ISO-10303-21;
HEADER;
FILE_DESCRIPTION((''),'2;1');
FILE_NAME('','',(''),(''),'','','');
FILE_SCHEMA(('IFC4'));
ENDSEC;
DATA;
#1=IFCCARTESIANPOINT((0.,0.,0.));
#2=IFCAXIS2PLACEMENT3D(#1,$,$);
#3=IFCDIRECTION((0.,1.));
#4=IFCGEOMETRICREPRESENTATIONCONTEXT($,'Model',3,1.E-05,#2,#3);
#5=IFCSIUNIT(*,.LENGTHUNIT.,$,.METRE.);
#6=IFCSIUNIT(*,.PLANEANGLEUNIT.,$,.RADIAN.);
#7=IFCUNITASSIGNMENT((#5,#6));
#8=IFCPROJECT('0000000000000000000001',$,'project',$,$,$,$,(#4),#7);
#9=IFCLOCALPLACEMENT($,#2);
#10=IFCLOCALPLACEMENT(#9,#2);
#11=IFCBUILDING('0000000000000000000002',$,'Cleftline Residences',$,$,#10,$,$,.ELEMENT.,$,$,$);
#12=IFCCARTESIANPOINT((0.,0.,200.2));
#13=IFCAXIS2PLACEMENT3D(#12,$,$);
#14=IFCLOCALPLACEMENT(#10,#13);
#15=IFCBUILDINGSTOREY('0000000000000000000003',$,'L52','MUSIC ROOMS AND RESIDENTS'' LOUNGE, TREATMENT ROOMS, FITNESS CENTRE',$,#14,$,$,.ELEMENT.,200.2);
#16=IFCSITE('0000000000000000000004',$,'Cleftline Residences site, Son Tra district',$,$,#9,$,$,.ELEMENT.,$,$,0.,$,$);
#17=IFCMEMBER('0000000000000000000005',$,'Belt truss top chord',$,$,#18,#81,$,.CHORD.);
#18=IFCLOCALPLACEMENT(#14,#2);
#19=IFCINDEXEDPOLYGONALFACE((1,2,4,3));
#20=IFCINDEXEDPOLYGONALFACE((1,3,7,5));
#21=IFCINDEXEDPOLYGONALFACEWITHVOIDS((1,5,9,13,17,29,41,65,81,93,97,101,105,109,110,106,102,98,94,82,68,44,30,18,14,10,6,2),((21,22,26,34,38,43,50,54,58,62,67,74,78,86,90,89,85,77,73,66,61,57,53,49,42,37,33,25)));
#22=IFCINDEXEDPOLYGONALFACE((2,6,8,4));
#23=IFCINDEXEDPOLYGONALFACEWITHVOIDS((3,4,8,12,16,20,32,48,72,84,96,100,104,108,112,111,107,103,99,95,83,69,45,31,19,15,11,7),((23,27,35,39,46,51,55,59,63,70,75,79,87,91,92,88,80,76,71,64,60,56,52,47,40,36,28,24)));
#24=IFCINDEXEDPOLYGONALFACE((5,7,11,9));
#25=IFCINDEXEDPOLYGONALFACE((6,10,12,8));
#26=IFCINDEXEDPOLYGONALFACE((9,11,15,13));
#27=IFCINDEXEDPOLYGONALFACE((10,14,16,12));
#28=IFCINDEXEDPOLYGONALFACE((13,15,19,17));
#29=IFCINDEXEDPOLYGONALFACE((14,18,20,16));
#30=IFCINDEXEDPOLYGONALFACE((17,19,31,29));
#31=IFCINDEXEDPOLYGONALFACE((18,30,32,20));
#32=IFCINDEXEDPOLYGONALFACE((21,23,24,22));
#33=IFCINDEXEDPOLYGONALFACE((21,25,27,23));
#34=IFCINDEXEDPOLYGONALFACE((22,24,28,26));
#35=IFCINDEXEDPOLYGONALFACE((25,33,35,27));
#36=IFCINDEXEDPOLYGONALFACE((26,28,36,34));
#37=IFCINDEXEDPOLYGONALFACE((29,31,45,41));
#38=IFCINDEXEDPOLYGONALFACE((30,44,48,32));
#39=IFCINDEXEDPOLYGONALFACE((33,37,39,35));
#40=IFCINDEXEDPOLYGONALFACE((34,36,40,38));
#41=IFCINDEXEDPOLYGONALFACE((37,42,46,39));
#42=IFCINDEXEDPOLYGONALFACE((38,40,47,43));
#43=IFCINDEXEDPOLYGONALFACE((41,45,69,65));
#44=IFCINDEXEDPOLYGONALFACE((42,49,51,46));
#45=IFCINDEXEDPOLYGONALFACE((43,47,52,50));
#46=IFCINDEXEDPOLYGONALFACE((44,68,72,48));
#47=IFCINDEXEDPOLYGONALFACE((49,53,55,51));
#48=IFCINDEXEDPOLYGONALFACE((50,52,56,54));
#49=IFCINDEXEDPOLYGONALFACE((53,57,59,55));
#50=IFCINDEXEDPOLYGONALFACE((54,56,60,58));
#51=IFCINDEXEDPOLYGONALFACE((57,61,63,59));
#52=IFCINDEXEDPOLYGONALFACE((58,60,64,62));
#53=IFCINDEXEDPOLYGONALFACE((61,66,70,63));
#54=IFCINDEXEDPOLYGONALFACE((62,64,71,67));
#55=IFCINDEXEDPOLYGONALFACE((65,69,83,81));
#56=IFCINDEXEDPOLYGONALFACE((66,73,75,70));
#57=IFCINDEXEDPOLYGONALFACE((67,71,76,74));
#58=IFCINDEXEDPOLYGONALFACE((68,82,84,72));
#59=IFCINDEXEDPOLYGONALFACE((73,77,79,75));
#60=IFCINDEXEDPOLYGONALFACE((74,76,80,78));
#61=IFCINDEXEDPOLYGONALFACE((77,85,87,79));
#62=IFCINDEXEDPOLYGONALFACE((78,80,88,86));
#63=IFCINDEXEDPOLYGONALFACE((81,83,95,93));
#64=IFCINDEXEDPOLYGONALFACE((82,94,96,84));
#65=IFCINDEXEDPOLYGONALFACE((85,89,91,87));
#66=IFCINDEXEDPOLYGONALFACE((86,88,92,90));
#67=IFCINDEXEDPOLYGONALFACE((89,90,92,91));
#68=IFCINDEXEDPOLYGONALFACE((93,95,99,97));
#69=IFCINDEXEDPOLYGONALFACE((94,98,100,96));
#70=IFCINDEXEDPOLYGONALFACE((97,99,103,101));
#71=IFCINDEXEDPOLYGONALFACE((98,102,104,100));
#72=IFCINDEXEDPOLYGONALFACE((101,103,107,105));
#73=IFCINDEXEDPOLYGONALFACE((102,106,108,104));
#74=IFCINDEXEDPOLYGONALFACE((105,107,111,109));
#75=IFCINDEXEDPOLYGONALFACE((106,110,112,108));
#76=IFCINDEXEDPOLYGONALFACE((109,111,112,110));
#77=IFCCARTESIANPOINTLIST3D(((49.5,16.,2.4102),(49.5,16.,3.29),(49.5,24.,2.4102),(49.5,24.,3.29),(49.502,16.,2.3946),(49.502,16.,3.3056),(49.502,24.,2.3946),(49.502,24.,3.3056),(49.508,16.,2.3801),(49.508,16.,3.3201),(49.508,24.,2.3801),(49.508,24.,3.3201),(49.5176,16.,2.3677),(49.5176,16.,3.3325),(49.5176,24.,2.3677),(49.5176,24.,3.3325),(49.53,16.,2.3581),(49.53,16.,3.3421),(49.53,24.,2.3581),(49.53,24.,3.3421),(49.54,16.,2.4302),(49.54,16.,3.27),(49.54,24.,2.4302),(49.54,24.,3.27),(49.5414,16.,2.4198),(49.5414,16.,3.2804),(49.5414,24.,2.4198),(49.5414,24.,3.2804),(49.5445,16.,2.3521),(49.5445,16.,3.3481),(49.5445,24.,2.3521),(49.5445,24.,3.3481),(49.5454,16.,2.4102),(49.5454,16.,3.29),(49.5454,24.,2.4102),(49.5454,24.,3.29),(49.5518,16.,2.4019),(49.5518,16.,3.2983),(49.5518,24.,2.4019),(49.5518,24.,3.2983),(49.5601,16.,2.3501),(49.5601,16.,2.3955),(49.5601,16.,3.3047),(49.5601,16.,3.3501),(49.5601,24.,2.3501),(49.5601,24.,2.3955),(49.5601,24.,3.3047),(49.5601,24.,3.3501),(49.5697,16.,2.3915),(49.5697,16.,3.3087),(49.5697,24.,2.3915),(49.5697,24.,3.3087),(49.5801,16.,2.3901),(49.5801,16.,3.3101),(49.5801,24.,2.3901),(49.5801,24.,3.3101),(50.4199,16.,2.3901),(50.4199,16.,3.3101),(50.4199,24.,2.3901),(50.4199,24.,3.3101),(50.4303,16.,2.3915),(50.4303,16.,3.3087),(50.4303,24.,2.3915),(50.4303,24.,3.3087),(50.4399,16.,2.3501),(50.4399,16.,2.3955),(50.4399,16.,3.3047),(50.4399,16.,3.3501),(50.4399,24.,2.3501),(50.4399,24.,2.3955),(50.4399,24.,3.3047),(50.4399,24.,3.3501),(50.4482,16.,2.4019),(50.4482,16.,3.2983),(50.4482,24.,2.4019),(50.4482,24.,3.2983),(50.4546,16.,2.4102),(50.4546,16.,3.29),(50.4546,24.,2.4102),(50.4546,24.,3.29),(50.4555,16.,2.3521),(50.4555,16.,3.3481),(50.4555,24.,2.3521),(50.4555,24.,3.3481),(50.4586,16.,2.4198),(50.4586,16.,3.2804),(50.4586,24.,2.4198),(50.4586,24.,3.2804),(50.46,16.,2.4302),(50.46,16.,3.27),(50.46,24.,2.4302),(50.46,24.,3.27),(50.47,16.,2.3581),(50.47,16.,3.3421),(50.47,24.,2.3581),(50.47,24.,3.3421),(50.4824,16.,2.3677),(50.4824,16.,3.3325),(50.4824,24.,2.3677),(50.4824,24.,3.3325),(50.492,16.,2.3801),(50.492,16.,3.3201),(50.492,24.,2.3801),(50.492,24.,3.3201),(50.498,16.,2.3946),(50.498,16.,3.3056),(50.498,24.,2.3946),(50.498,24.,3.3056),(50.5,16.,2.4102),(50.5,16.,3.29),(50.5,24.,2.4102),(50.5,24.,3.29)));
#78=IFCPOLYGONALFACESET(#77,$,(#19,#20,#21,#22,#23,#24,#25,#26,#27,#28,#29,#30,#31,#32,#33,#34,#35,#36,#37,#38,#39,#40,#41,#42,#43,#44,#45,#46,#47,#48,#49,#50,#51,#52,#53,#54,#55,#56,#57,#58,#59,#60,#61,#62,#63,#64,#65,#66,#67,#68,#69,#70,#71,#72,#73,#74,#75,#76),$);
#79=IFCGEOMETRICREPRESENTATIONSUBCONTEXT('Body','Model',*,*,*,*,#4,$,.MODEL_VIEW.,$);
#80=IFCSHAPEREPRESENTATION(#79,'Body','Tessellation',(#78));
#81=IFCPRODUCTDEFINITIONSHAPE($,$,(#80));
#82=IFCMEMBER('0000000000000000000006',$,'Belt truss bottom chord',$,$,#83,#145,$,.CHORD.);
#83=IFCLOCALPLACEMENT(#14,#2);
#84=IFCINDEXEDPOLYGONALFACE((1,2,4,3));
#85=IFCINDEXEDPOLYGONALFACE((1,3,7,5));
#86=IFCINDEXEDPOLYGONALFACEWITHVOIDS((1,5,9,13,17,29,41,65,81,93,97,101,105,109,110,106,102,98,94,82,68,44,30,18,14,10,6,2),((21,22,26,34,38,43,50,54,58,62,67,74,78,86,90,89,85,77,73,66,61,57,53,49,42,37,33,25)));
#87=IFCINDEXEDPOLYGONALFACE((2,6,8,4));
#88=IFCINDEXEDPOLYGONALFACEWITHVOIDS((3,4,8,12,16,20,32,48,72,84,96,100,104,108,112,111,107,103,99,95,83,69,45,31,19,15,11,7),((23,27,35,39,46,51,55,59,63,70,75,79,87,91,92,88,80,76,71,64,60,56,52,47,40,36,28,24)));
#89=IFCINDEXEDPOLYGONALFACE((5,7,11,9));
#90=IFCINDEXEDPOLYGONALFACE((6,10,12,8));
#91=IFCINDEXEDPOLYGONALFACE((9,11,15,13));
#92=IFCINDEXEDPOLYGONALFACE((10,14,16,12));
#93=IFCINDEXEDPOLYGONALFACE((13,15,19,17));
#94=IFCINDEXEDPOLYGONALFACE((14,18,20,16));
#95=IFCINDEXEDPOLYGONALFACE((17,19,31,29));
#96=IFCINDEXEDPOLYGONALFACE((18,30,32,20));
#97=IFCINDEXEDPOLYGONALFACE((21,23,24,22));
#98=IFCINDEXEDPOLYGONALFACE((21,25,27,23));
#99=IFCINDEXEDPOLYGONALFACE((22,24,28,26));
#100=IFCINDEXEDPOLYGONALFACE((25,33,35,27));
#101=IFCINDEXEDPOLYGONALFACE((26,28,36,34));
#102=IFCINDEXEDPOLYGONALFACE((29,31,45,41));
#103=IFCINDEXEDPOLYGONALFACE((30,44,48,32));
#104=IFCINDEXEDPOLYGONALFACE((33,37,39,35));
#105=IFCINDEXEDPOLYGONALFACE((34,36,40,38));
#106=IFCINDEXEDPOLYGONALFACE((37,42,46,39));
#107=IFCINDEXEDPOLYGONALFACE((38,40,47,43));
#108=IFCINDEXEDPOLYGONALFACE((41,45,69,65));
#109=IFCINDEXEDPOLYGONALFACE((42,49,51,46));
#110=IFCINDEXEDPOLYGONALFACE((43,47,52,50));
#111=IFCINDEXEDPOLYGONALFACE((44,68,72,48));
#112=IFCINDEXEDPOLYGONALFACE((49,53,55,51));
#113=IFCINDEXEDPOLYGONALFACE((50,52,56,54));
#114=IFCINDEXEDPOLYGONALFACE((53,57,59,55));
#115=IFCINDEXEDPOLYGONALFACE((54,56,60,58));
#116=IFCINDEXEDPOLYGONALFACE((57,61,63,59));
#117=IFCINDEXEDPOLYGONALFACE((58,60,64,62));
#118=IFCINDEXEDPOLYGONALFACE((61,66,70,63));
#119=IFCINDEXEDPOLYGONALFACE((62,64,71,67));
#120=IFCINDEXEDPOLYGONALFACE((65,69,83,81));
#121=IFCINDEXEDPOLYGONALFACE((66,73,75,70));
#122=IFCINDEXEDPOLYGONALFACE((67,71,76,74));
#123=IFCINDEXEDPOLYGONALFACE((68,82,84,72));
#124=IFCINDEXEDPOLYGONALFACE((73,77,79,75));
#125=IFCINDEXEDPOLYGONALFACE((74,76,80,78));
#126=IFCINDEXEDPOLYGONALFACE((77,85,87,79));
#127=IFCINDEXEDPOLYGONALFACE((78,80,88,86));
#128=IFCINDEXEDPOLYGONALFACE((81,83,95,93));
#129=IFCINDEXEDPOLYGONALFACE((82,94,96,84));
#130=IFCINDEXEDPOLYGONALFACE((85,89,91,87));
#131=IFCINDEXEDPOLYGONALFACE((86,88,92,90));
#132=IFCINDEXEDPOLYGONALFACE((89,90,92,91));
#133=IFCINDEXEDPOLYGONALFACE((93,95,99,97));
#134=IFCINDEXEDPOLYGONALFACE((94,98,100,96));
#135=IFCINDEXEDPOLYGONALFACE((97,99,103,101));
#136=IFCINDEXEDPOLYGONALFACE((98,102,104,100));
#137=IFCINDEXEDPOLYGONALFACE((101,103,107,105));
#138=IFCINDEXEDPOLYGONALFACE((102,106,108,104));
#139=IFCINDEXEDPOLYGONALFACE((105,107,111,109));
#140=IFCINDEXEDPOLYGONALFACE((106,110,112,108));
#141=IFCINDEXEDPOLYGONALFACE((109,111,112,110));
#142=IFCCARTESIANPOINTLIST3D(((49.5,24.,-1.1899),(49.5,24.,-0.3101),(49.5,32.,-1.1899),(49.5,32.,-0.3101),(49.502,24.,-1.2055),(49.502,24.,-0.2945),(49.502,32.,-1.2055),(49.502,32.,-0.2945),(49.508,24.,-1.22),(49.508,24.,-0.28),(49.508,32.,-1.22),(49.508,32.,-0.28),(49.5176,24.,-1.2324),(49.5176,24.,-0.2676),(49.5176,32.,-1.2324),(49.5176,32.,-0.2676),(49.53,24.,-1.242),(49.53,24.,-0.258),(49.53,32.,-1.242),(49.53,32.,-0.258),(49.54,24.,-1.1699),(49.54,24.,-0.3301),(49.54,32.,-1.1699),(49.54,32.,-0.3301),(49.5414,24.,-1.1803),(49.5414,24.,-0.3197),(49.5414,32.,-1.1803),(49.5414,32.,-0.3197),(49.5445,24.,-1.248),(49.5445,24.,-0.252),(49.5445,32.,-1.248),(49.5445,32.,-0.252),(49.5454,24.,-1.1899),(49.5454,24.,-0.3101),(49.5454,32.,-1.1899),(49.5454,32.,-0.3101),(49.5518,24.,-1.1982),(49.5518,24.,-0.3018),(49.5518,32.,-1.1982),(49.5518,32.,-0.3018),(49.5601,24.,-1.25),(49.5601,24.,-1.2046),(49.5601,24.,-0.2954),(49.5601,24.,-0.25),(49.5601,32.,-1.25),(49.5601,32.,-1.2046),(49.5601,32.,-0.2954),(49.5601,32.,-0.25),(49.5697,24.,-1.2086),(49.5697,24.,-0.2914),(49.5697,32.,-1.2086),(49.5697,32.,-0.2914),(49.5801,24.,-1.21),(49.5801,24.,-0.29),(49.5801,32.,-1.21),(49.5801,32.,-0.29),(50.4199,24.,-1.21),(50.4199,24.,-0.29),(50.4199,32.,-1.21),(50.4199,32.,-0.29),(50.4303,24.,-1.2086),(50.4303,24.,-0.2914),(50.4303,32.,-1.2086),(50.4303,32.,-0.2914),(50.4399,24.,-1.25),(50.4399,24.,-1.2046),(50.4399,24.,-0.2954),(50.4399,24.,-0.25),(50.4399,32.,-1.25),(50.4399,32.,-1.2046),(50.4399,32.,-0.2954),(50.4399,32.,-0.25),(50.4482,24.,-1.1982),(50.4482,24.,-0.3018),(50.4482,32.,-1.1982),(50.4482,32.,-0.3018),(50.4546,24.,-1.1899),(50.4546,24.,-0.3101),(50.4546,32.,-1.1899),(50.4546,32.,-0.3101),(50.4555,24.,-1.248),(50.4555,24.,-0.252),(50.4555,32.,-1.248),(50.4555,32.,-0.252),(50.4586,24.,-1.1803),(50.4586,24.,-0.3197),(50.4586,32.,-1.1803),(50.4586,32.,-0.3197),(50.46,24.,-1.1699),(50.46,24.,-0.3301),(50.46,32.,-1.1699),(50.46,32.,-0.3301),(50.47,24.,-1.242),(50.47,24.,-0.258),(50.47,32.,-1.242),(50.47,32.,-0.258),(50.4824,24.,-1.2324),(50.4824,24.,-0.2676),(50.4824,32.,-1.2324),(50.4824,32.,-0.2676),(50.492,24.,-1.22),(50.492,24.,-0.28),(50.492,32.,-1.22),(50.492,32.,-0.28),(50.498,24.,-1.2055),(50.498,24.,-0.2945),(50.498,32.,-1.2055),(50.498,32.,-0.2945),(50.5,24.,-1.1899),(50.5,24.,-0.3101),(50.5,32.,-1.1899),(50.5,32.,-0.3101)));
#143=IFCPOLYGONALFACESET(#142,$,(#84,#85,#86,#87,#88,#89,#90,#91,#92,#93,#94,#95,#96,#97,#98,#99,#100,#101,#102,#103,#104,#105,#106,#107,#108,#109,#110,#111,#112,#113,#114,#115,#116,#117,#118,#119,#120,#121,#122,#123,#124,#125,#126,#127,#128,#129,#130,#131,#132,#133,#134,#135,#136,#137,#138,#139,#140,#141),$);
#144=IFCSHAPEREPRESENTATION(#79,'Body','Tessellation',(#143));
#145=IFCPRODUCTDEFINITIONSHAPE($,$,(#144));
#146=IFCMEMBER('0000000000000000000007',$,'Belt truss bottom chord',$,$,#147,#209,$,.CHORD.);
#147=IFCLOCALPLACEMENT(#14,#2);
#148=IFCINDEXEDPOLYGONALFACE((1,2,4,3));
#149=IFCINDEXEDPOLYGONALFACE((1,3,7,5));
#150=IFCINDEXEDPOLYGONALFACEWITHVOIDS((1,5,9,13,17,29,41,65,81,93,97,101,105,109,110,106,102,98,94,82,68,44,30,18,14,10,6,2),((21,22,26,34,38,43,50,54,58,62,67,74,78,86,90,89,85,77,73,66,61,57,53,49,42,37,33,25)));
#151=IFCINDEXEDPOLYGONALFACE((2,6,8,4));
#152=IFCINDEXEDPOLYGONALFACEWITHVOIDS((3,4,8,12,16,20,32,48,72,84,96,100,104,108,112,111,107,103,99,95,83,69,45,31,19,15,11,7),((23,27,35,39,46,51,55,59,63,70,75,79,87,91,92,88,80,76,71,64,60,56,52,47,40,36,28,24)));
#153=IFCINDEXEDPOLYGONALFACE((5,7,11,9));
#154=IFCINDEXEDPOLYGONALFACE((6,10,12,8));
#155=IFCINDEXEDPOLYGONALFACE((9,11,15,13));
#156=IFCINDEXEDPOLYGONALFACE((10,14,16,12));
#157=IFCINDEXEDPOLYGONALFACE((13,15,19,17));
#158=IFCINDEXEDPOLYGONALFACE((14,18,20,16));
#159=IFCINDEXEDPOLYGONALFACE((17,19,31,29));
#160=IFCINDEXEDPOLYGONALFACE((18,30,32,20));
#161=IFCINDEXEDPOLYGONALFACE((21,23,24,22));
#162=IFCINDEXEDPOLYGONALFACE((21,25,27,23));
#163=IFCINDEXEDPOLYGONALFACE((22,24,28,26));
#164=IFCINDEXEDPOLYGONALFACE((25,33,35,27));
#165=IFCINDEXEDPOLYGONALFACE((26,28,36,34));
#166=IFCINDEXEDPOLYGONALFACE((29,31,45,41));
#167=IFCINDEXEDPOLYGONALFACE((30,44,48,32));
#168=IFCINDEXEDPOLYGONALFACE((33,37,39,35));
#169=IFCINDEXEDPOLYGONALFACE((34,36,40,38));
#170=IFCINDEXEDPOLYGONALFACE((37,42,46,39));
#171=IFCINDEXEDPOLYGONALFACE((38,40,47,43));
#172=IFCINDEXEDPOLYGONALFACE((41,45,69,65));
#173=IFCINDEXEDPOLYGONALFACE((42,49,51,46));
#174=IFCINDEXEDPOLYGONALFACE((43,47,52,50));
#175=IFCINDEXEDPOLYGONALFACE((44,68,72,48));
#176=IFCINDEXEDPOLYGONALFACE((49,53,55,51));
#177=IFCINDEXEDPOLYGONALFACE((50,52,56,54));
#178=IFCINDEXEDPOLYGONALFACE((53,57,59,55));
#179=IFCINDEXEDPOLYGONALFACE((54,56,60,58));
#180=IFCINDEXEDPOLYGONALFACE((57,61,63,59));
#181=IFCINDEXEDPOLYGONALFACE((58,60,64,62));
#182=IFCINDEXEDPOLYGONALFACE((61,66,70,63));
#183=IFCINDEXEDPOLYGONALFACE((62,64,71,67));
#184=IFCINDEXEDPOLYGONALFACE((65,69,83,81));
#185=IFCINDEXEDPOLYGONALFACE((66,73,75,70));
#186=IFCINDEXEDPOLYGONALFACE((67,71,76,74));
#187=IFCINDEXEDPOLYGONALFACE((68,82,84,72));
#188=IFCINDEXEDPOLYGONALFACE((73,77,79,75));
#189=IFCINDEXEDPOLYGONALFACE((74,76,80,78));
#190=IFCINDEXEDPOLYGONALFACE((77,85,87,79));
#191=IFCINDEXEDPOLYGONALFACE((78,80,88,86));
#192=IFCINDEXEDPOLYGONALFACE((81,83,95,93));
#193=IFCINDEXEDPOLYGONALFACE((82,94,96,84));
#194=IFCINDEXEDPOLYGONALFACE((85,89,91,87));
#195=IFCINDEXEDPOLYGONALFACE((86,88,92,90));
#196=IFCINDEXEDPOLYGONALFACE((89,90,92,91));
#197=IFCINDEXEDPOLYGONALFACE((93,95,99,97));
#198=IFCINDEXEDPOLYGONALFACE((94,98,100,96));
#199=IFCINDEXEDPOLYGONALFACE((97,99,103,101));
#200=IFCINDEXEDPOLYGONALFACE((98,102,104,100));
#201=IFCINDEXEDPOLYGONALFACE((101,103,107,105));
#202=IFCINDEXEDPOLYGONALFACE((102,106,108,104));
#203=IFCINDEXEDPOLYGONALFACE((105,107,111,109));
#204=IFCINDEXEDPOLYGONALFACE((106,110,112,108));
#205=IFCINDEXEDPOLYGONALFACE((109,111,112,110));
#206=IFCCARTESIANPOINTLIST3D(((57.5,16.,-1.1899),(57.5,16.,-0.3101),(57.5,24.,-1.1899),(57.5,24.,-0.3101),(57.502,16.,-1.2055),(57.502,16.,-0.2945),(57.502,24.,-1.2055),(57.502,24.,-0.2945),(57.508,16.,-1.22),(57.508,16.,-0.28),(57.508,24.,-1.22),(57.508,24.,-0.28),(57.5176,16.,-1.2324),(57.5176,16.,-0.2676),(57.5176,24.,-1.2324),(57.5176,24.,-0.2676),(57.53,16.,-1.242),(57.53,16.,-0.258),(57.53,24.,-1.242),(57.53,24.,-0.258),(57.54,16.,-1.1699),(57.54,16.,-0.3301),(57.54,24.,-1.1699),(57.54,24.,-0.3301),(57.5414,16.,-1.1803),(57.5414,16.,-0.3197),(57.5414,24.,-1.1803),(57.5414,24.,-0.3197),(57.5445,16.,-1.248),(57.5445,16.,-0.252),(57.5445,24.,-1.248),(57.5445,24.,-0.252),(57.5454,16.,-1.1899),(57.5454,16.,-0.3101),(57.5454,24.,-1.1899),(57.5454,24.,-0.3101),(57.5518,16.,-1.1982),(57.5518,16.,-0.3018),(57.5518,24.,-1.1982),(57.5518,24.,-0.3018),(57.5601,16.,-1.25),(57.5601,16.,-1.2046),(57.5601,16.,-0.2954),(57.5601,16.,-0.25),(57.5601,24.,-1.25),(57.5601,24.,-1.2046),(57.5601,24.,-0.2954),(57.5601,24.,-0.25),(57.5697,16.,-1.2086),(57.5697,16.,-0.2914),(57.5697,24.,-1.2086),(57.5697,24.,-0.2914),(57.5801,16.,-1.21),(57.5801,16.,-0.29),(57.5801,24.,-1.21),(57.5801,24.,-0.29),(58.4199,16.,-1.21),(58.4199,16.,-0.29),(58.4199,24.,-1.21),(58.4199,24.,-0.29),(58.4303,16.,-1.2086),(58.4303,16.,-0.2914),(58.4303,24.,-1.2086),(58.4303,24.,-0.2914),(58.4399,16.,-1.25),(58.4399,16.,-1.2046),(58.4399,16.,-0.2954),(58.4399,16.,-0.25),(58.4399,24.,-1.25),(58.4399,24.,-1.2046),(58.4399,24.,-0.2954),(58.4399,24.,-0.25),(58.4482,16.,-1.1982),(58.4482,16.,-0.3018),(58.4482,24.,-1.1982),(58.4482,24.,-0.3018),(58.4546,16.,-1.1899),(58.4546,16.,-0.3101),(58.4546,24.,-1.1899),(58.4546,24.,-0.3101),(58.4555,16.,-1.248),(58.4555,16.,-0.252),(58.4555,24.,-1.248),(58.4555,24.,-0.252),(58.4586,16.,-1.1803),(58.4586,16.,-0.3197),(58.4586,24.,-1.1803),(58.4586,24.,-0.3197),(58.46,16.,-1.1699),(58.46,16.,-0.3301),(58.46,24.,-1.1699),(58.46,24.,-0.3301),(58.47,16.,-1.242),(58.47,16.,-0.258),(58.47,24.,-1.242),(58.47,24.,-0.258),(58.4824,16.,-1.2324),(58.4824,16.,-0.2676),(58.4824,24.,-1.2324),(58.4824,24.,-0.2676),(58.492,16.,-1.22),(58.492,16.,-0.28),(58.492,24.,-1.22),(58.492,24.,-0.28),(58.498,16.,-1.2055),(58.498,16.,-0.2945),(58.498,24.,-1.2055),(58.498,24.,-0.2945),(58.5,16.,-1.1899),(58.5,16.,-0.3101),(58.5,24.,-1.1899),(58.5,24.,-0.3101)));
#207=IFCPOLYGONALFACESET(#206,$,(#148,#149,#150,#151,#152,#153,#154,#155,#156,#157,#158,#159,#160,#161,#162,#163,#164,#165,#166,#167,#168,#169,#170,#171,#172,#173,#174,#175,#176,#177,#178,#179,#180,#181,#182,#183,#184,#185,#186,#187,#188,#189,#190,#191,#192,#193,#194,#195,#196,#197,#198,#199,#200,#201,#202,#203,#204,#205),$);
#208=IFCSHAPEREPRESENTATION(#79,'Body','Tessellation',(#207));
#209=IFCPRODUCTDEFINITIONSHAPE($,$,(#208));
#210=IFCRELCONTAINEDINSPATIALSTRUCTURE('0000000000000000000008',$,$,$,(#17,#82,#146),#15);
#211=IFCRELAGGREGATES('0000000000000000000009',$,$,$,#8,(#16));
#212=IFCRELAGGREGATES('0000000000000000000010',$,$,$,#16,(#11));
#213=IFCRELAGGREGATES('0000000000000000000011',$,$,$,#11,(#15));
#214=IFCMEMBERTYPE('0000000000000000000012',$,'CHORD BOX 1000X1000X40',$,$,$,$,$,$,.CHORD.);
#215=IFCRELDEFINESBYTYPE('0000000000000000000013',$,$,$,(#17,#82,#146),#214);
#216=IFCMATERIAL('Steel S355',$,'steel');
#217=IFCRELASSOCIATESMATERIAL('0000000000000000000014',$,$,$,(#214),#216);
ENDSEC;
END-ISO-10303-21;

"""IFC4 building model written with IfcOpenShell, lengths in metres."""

from ifc_helpers import new_model, si_unit, direction, frame, origin, origin_2d, place, context, subcontext, project, spatial, hollow_rectangle, extrude, material, material_profile, profile_set, type_object, element, save


model = new_model("IFC4")

# Units and contexts
model_context = context("Model", 3, precision=1e-05, world=origin(), true_north=direction((0.0, 1.0)))
body_context = subcontext(model_context, "Body", "Model", "MODEL_VIEW")
ifc_project = project(units=[si_unit("LENGTHUNIT", "METRE"), si_unit("PLANEANGLEUNIT", "RADIAN")], contexts=[model_context])

# Site, building, storey
site_placement = place(None, origin())
site = spatial("IfcSite", under=ifc_project, at=site_placement, Name="Cleftline Residences site, Son Tra district", CompositionType="ELEMENT", RefElevation=0.0)
building_placement = place(site_placement, origin())
building = spatial("IfcBuilding", under=site, at=building_placement, Name="Cleftline Residences", CompositionType="ELEMENT")
storey_placement = place(building_placement, frame((0.0, 0.0, 200.2)))
storey = spatial("IfcBuildingStorey", under=building, at=storey_placement, Name="L52", Description="MUSIC ROOMS AND RESIDENTS' LOUNGE, TREATMENT ROOMS, FITNESS CENTRE", CompositionType="ELEMENT", Elevation=200.2)

# Members
ifc_material_1 = material(Name="Steel S355", Category="steel")
ifc_material_profile_1 = material_profile(ifc_material_1, hollow_rectangle(XDim=1.0, YDim=1.0, WallThickness=0.04, InnerFilletRadius=0.04, OuterFilletRadius=0.0601, at=origin_2d()))
ifc_profile_set_1 = profile_set([ifc_material_profile_1], Name="Steel S355")
member_type_1 = type_object("IfcMemberType", Name="CHORD BOX 1000X1000X40", PredefinedType="CHORD", material=ifc_profile_set_1)
for number, where, z_axis, x_axis, name in (
    (1, (50.0, 16.0, 2.8501), (0.0, 1.0, 0.0), (-1.0, 0.0, 0.0), "Belt truss top chord"),
    (2, (50.0, 24.0, -0.75), (0.0, 1.0, 0.0), (-1.0, 0.0, 0.0), "Belt truss bottom chord"),
    (3, (58.0, 16.0, -0.75), (0.0, 1.0, 0.0), (-1.0, 0.0, 0.0), "Belt truss bottom chord"),
):
    element("IfcMember", number, at=place(storey_placement, frame(where, z_axis=z_axis, x_axis=x_axis)), inside=storey, type_object=member_type_1, Name=name, PredefinedType="CHORD", context=body_context, shape_type="SweptSolid", body=[
        extrude(hollow_rectangle(XDim=1.0, YDim=1.0, WallThickness=0.04, InnerFilletRadius=0.04, OuterFilletRadius=0.0601, at=origin_2d()), origin(), (0.0, 0.0, 1.0), 8.0),
    ])

save(model, "model.ifc")
